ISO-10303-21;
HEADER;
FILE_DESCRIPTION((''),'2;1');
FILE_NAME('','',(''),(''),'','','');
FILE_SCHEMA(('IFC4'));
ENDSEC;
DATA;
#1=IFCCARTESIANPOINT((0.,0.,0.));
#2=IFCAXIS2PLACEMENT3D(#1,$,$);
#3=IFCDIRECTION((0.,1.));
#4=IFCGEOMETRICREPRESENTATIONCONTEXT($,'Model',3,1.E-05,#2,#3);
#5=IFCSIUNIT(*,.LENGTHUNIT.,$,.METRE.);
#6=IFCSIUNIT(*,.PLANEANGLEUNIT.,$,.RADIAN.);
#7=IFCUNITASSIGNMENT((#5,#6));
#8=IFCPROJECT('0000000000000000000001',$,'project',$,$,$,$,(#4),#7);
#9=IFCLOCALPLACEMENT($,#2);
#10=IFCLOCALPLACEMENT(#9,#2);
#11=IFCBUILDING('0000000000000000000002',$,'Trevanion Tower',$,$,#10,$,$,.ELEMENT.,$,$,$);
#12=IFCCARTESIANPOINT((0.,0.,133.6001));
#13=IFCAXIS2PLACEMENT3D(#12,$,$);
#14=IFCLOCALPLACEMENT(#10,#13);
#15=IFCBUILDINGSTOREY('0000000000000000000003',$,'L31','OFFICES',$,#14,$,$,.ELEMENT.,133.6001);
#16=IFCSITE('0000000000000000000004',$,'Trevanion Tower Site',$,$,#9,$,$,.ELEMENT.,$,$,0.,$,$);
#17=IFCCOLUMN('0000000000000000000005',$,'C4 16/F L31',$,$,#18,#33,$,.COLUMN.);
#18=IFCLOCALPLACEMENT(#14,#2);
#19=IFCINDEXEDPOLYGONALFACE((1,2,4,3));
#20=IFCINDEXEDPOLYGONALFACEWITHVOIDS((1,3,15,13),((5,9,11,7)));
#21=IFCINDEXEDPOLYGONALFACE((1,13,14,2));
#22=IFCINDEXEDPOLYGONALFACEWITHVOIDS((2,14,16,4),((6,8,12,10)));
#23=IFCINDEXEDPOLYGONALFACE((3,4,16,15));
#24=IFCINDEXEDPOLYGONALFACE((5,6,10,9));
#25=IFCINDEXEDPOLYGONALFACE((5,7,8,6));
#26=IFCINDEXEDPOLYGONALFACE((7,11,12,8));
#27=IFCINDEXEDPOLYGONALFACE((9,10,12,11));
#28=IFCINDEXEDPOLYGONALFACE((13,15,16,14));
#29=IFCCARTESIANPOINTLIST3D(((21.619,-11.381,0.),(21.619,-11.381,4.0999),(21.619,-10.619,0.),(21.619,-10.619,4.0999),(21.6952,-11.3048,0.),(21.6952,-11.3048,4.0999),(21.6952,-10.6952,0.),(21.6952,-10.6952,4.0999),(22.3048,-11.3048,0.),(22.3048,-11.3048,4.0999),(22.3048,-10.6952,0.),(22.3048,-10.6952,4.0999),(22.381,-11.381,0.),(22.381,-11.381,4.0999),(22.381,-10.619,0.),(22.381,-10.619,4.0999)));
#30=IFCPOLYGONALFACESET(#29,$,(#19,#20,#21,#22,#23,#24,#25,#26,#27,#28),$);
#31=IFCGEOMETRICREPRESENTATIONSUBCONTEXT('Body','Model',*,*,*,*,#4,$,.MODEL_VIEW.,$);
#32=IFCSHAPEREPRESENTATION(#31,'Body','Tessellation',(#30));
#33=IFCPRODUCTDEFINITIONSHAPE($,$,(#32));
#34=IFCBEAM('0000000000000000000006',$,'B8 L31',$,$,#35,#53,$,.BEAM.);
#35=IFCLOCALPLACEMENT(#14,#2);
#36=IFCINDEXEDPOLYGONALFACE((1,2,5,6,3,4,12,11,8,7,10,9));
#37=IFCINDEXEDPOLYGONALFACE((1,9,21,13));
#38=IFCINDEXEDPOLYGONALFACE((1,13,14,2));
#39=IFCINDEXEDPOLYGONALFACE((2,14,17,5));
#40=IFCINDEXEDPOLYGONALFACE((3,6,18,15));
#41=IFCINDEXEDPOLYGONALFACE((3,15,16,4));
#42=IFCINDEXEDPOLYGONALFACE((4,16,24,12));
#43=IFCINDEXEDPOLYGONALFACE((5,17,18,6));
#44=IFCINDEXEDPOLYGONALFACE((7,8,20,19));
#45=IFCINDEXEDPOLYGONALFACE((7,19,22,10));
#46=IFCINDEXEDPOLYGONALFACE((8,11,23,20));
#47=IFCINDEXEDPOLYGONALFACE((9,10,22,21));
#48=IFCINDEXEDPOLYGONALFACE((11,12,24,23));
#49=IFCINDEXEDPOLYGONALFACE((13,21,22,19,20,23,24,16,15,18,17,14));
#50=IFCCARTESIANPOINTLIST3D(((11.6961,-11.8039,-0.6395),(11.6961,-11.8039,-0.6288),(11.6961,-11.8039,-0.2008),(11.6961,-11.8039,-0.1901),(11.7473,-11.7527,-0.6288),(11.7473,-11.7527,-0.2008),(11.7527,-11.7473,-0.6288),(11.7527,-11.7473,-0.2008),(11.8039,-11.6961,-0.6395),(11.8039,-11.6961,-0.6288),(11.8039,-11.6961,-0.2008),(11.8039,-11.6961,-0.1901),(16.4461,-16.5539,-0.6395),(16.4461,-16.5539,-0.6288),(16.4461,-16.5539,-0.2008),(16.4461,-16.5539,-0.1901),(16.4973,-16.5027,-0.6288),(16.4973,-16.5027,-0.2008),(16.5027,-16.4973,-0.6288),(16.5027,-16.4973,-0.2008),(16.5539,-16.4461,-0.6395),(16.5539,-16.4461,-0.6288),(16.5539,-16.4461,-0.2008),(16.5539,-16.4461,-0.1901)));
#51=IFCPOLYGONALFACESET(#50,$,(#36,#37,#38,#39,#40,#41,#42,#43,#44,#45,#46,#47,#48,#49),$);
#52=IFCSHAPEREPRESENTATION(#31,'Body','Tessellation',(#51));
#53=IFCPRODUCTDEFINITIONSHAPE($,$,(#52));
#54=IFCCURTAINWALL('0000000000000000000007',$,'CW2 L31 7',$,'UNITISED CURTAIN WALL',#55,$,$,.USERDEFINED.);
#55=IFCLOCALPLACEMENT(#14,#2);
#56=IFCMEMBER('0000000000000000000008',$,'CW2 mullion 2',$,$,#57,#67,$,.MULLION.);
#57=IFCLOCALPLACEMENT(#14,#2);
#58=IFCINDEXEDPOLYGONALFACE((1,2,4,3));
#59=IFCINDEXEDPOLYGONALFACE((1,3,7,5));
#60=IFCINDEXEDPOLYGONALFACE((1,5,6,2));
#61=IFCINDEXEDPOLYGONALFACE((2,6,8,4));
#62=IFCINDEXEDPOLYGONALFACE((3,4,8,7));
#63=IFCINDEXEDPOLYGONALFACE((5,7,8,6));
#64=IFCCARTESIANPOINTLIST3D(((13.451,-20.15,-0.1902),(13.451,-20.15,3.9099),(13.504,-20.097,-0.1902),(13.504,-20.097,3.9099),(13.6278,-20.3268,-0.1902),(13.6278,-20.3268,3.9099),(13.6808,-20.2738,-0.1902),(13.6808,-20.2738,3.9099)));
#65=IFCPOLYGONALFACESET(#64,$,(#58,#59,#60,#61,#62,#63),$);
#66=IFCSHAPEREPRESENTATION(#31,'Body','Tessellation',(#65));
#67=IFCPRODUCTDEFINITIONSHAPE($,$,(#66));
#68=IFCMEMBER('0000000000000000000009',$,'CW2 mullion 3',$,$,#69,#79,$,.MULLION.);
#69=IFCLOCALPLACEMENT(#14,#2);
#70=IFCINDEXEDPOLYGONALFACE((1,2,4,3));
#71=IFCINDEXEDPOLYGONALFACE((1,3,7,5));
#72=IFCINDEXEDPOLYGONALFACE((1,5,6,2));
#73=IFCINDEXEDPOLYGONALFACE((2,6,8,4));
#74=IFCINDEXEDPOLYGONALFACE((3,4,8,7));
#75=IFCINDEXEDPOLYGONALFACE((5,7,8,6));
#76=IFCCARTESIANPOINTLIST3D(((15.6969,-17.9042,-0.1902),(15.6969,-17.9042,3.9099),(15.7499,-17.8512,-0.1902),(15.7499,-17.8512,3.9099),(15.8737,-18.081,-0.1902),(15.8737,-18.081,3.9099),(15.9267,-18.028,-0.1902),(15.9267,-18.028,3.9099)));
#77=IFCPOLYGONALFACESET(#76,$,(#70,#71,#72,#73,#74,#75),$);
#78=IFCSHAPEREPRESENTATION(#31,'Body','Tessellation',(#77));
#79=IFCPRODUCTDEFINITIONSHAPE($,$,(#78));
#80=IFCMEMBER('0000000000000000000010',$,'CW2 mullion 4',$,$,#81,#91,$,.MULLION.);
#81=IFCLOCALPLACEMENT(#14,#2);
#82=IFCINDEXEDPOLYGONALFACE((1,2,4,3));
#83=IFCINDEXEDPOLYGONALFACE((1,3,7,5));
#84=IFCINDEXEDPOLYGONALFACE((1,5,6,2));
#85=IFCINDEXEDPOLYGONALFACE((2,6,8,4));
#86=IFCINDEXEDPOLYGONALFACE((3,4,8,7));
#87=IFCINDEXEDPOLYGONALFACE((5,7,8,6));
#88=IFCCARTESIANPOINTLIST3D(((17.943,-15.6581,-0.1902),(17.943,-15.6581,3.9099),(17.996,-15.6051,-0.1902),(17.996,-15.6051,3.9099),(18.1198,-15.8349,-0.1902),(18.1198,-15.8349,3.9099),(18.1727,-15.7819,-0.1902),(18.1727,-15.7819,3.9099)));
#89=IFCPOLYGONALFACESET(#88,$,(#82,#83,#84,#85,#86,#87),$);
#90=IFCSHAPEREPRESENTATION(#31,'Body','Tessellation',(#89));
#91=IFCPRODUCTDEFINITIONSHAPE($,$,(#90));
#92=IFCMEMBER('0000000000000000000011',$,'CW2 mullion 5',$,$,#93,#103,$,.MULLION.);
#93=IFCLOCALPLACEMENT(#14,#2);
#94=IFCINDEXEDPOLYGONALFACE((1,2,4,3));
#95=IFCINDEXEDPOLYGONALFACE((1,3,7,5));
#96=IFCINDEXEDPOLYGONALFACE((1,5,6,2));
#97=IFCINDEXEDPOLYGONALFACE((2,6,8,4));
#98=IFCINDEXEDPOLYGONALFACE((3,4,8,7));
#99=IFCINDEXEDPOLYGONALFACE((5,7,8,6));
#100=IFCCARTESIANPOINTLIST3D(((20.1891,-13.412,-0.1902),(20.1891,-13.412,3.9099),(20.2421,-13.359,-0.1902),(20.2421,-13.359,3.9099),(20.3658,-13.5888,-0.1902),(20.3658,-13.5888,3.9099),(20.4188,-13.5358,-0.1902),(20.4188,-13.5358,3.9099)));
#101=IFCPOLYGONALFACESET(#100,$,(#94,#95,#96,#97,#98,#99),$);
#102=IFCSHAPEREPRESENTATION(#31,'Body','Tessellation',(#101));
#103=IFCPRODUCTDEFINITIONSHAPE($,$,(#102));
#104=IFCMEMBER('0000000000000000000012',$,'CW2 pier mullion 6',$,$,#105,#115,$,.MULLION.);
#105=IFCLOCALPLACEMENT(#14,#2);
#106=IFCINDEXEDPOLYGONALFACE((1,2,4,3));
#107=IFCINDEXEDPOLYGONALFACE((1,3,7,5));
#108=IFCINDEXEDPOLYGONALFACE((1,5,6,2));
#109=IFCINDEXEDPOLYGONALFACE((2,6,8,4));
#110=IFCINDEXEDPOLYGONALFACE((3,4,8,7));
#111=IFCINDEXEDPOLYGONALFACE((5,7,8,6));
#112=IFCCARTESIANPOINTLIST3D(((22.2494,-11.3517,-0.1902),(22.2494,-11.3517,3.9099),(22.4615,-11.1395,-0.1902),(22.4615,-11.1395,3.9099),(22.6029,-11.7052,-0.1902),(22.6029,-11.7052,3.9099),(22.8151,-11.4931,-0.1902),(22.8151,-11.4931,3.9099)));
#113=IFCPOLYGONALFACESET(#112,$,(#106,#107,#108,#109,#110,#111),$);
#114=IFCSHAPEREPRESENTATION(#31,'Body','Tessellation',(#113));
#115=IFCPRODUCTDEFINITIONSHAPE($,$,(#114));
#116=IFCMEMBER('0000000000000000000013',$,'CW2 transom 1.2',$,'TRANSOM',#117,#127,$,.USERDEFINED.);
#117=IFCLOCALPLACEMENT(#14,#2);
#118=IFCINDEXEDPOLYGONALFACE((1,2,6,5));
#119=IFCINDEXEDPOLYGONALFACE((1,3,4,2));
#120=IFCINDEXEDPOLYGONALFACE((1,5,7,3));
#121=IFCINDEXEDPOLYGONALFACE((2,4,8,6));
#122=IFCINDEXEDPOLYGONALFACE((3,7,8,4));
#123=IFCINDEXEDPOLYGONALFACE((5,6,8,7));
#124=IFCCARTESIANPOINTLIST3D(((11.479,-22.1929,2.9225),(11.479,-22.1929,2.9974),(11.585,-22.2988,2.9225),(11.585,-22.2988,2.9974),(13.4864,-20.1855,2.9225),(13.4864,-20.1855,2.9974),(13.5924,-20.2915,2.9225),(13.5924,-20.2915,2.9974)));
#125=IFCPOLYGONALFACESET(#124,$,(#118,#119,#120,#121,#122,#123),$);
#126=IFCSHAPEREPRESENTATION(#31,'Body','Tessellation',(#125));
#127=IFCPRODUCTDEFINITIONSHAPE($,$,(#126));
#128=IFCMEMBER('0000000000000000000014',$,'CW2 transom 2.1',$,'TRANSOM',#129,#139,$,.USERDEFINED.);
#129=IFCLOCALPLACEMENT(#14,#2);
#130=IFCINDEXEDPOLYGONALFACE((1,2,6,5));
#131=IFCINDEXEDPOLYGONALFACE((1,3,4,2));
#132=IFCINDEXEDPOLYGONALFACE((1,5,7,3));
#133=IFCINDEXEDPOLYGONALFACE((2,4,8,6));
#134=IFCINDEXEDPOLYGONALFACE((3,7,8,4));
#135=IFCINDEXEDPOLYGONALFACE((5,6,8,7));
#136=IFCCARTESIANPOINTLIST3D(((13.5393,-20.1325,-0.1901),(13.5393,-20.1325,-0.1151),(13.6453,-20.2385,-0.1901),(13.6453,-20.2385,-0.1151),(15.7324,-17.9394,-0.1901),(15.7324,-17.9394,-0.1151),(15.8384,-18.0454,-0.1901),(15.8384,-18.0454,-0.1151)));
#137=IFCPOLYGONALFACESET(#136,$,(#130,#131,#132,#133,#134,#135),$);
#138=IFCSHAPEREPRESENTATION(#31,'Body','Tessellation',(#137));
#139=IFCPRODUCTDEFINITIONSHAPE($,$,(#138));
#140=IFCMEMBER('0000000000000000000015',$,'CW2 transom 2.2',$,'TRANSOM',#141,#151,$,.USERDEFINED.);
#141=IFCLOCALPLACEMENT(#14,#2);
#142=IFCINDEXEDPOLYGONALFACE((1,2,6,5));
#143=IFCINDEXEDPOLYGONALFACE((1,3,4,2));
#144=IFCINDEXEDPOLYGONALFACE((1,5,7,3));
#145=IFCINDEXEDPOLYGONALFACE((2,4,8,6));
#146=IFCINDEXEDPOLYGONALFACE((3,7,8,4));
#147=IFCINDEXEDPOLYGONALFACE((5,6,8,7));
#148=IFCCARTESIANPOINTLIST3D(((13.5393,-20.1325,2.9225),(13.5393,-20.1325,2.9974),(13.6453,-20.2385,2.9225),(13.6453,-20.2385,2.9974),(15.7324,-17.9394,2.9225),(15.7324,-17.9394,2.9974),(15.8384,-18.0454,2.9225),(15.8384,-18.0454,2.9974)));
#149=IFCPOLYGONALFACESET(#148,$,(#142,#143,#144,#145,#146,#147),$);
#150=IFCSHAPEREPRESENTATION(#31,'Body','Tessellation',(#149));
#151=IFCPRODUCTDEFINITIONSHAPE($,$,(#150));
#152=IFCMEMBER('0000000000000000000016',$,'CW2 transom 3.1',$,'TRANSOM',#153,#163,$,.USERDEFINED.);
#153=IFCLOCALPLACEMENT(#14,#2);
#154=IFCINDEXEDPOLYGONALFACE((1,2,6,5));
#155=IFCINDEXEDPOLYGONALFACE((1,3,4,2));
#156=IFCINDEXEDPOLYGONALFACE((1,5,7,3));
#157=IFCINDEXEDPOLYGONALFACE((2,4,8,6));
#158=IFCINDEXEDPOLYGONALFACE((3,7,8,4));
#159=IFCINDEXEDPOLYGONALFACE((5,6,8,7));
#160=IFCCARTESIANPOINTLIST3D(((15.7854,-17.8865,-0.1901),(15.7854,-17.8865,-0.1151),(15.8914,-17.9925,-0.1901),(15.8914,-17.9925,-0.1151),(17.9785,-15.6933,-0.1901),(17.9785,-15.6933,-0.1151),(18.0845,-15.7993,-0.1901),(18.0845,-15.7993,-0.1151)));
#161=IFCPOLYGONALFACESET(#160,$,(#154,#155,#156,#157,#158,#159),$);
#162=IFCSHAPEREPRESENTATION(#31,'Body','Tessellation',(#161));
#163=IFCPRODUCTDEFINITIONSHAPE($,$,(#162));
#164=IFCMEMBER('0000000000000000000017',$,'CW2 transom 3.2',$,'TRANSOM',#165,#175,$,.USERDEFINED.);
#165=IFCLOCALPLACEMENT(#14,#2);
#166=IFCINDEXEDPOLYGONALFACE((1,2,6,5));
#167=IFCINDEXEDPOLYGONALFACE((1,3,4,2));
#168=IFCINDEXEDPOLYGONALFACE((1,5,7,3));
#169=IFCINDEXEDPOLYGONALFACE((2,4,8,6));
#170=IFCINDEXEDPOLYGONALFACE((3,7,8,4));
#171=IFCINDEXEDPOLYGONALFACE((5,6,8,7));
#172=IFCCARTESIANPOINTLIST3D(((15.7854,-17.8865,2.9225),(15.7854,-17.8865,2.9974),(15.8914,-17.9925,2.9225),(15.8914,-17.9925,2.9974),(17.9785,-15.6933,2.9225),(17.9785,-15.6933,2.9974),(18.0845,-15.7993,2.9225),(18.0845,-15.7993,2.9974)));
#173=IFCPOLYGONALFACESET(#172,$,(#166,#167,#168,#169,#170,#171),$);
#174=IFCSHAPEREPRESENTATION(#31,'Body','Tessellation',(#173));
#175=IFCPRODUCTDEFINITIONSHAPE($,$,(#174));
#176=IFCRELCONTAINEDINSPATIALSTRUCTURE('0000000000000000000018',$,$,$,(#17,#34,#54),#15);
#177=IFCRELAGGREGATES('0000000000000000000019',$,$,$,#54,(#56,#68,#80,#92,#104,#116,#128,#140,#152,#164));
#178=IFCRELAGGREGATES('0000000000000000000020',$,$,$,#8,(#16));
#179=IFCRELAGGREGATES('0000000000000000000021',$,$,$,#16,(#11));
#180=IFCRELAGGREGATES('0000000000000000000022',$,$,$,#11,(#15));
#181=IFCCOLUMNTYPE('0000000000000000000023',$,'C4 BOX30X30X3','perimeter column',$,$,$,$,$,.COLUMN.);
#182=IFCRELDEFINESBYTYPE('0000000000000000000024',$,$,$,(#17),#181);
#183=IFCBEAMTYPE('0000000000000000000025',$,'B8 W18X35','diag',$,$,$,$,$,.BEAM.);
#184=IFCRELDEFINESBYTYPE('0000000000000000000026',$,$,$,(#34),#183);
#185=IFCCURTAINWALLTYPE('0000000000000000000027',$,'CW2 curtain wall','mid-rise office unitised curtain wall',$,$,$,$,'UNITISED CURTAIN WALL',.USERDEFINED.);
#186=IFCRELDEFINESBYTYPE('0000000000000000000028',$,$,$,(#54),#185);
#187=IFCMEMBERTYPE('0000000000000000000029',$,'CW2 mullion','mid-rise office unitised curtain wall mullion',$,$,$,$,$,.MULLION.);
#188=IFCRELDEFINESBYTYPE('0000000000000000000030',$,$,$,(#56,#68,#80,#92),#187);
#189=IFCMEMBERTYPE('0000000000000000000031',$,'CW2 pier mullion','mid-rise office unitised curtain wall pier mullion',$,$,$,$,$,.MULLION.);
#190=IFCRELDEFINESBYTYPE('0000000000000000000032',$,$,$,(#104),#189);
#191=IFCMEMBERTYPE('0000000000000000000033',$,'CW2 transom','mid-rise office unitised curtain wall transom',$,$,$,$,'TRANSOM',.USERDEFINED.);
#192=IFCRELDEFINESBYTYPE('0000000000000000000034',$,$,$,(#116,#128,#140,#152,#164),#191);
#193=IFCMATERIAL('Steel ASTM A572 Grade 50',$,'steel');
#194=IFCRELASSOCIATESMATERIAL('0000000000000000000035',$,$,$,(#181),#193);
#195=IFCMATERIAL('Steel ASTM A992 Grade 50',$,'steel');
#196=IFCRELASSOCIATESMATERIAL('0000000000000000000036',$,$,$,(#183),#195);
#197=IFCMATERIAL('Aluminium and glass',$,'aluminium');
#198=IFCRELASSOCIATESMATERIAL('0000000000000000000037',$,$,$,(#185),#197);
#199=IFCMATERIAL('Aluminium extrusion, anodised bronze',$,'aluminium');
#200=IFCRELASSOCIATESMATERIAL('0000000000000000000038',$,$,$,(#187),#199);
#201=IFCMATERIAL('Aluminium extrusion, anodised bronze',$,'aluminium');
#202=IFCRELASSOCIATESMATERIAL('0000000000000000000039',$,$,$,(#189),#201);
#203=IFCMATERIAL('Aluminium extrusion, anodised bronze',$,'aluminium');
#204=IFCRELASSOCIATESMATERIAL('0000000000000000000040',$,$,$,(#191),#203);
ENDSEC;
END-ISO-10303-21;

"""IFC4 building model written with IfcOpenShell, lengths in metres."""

from ifc_helpers import new_model, si_unit, direction, frame, origin, origin_2d, place, context, subcontext, project, spatial, rectangle, hollow_rectangle, i_section, extrude, material, material_profile, profile_set, type_object, element, aggregate, save


model = new_model("IFC4")

# Units and contexts
model_context = context("Model", 3, precision=1e-05, world=origin(), true_north=direction((0.0, 1.0)))
body_context = subcontext(model_context, "Body", "Model", "MODEL_VIEW")
ifc_project = project(units=[si_unit("LENGTHUNIT", "METRE"), si_unit("PLANEANGLEUNIT", "RADIAN")], contexts=[model_context])

# Site, building, storey
site_placement = place(None, origin())
site = spatial("IfcSite", under=ifc_project, at=site_placement, Name="Trevanion Tower Site", CompositionType="ELEMENT", RefElevation=0.0)
building_placement = place(site_placement, origin())
building = spatial("IfcBuilding", under=site, at=building_placement, Name="Trevanion Tower", CompositionType="ELEMENT")
storey_placement = place(building_placement, frame((0.0, 0.0, 133.6001)))
storey = spatial("IfcBuildingStorey", under=building, at=storey_placement, Name="L31", Description="OFFICES", CompositionType="ELEMENT", Elevation=133.6001)

# Column
ifc_material_1 = material(Name="Steel ASTM A572 Grade 50", Category="steel")
ifc_material_profile_1 = material_profile(ifc_material_1, hollow_rectangle(XDim=0.762, YDim=0.762, WallThickness=0.0762, at=origin_2d()), Name="BOX30X30X3")
ifc_profile_set_1 = profile_set([ifc_material_profile_1], Name="Steel ASTM A572 Grade 50")
column_type = type_object("IfcColumnType", Name="C4 BOX30X30X3", Description="perimeter column", PredefinedType="COLUMN", material=ifc_profile_set_1)
column_placement = place(storey_placement, frame((22.0, -11.0, 0.0), z_axis=(0.0, 0.0, 1.0), x_axis=(0.0, 1.0, 0.0)))
element("IfcColumn", 1, at=column_placement, inside=storey, type_object=column_type, Name="C4 16/F L31", PredefinedType="COLUMN", context=body_context, shape_type="SweptSolid", body=[
    extrude(hollow_rectangle(XDim=0.762, YDim=0.762, WallThickness=0.0762, at=origin_2d()), origin(), (0.0, 0.0, 1.0), 4.0999),
])

# Beam
ifc_material_2 = material(Name="Steel ASTM A992 Grade 50", Category="steel")
ifc_material_profile_2 = material_profile(ifc_material_2, i_section(OverallWidth=0.1523, OverallDepth=0.4495, WebThickness=0.0076, FlangeThickness=0.0107, at=origin_2d()), Name="W18X35")
ifc_profile_set_2 = profile_set([ifc_material_profile_2], Name="Steel ASTM A992 Grade 50")
beam_type_1 = type_object("IfcBeamType", Name="B8 W18X35", Description="diag", PredefinedType="BEAM", material=ifc_profile_set_2)
beam_1_placement = place(storey_placement, frame((11.75, -11.75, -0.4148), z_axis=(0.707107, -0.707107, 0.0), x_axis=(0.707107, 0.707107, 0.0)))
element("IfcBeam", 2, at=beam_1_placement, inside=storey, type_object=beam_type_1, Name="B8 L31", PredefinedType="BEAM", context=body_context, shape_type="SweptSolid", body=[
    extrude(i_section(OverallWidth=0.1523, OverallDepth=0.4495, WebThickness=0.0076, FlangeThickness=0.0107, at=origin_2d()), origin(), (0.0, 0.0, 1.0), 6.7175),
])

# Curtain wall, members
ifc_material_3 = material(Name="Aluminium and glass", Category="aluminium")
curtain_wall_type = type_object("IfcCurtainWallType", Name="CW2 curtain wall", Description="mid-rise office unitised curtain wall", ElementType="UNITISED CURTAIN WALL", PredefinedType="USERDEFINED", material=ifc_material_3)
curtain_wall_placement = place(storey_placement, origin())
curtain_wall = element("IfcCurtainWall", 3, at=curtain_wall_placement, inside=storey, type_object=curtain_wall_type, Name="CW2 L31 7", ObjectType="UNITISED CURTAIN WALL", PredefinedType="USERDEFINED")
ifc_material_4 = material(Name="Aluminium extrusion, anodised bronze", Category="aluminium")
ifc_material_profile_3 = material_profile(ifc_material_4, rectangle(XDim=0.075, YDim=0.25, at=origin_2d()), Name="CW2 mullion")
ifc_profile_set_3 = profile_set([ifc_material_profile_3], Name="Aluminium extrusion, anodised bronze")
member_type_1 = type_object("IfcMemberType", Name="CW2 mullion", Description="mid-rise office unitised curtain wall mullion", PredefinedType="MULLION", material=ifc_profile_set_3)
member_1_placement = place(storey_placement, frame((13.5659, -20.2119, -0.1902), z_axis=(0.0, 0.0, 1.0), x_axis=(0.707107, 0.707107, 0.0)))
member_1 = element("IfcMember", 4, at=member_1_placement, type_object=member_type_1, Name="CW2 mullion 2", PredefinedType="MULLION", context=body_context, shape_type="SweptSolid", body=[
    extrude(rectangle(XDim=0.075, YDim=0.25, at=origin_2d()), origin(), (0.0, 0.0, 1.0), 4.1001),
])
member_2_placement = place(storey_placement, frame((15.8118, -17.9661, -0.1902), z_axis=(0.0, 0.0, 1.0), x_axis=(0.707107, 0.707107, 0.0)))
member_2 = element("IfcMember", 5, at=member_2_placement, type_object=member_type_1, Name="CW2 mullion 3", PredefinedType="MULLION", context=body_context, shape_type="SweptSolid", body=[
    extrude(rectangle(XDim=0.075, YDim=0.25, at=origin_2d()), origin(), (0.0, 0.0, 1.0), 4.1001),
])
member_3_placement = place(storey_placement, frame((18.0579, -15.72, -0.1902), z_axis=(0.0, 0.0, 1.0), x_axis=(0.707107, 0.707107, 0.0)))
member_3 = element("IfcMember", 6, at=member_3_placement, type_object=member_type_1, Name="CW2 mullion 4", PredefinedType="MULLION", context=body_context, shape_type="SweptSolid", body=[
    extrude(rectangle(XDim=0.075, YDim=0.25, at=origin_2d()), origin(), (0.0, 0.0, 1.0), 4.1001),
])
member_4_placement = place(storey_placement, frame((20.304, -13.4739, -0.1902), z_axis=(0.0, 0.0, 1.0), x_axis=(0.707107, 0.707107, 0.0)))
member_4 = element("IfcMember", 7, at=member_4_placement, type_object=member_type_1, Name="CW2 mullion 5", PredefinedType="MULLION", context=body_context, shape_type="SweptSolid", body=[
    extrude(rectangle(XDim=0.075, YDim=0.25, at=origin_2d()), origin(), (0.0, 0.0, 1.0), 4.1001),
])
ifc_material_5 = material(Name="Aluminium extrusion, anodised bronze", Category="aluminium")
ifc_material_profile_4 = material_profile(ifc_material_5, rectangle(XDim=0.3, YDim=0.5, at=origin_2d()), Name="CW2 pier mullion")
ifc_profile_set_4 = profile_set([ifc_material_profile_4], Name="Aluminium extrusion, anodised bronze")
member_type_2 = type_object("IfcMemberType", Name="CW2 pier mullion", Description="mid-rise office unitised curtain wall pier mullion", PredefinedType="MULLION", material=ifc_profile_set_4)
member_5_placement = place(storey_placement, frame((22.5322, -11.4224, -0.1902), z_axis=(0.0, 0.0, 1.0), x_axis=(0.707107, 0.707107, 0.0)))
member_5 = element("IfcMember", 8, at=member_5_placement, type_object=member_type_2, Name="CW2 pier mullion 6", PredefinedType="MULLION", context=body_context, shape_type="SweptSolid", body=[
    extrude(rectangle(XDim=0.3, YDim=0.5, at=origin_2d()), origin(), (0.0, 0.0, 1.0), 4.1001),
])
ifc_material_6 = material(Name="Aluminium extrusion, anodised bronze", Category="aluminium")
ifc_material_profile_5 = material_profile(ifc_material_6, rectangle(XDim=0.1499, YDim=0.075, at=origin_2d()), Name="CW2 transom")
ifc_profile_set_5 = profile_set([ifc_material_profile_5], Name="Aluminium extrusion, anodised bronze")
member_type_3 = type_object("IfcMemberType", Name="CW2 transom", Description="mid-rise office unitised curtain wall transom", ElementType="TRANSOM", PredefinedType="USERDEFINED", material=ifc_profile_set_5)
member_6_placement = place(storey_placement, frame((11.532, -22.2458, 2.96), z_axis=(0.707107, 0.707107, 0.0), x_axis=(-0.707107, 0.707107, 0.0)))
member_6 = element("IfcMember", 9, at=member_6_placement, type_object=member_type_3, Name="CW2 transom 1.2", ObjectType="TRANSOM", PredefinedType="USERDEFINED", context=body_context, shape_type="SweptSolid", body=[
    extrude(rectangle(XDim=0.1499, YDim=0.075, at=origin_2d()), origin(), (0.0, 0.0, 1.0), 2.8389),
])
member_7_placement = place(storey_placement, frame((13.5923, -20.1855, -0.1526), z_axis=(0.707107, 0.707107, 0.0), x_axis=(-0.707107, 0.707107, 0.0)))
member_7 = element("IfcMember", 10, at=member_7_placement, type_object=member_type_3, Name="CW2 transom 2.1", ObjectType="TRANSOM", PredefinedType="USERDEFINED", context=body_context, shape_type="SweptSolid", body=[
    extrude(rectangle(XDim=0.1499, YDim=0.075, at=origin_2d()), origin(), (0.0, 0.0, 1.0), 3.1016),
])
member_8_placement = place(storey_placement, frame((13.5923, -20.1855, 2.96), z_axis=(0.707107, 0.707107, 0.0), x_axis=(-0.707107, 0.707107, 0.0)))
member_8 = element("IfcMember", 11, at=member_8_placement, type_object=member_type_3, Name="CW2 transom 2.2", ObjectType="TRANSOM", PredefinedType="USERDEFINED", context=body_context, shape_type="SweptSolid", body=[
    extrude(rectangle(XDim=0.1499, YDim=0.075, at=origin_2d()), origin(), (0.0, 0.0, 1.0), 3.1016),
])
member_9_placement = place(storey_placement, frame((15.8384, -17.9395, -0.1526), z_axis=(0.707107, 0.707107, 0.0), x_axis=(-0.707107, 0.707107, 0.0)))
member_9 = element("IfcMember", 12, at=member_9_placement, type_object=member_type_3, Name="CW2 transom 3.1", ObjectType="TRANSOM", PredefinedType="USERDEFINED", context=body_context, shape_type="SweptSolid", body=[
    extrude(rectangle(XDim=0.1499, YDim=0.075, at=origin_2d()), origin(), (0.0, 0.0, 1.0), 3.1016),
])
member_10_placement = place(storey_placement, frame((15.8384, -17.9395, 2.96), z_axis=(0.707107, 0.707107, 0.0), x_axis=(-0.707107, 0.707107, 0.0)))
member_10 = element("IfcMember", 13, at=member_10_placement, type_object=member_type_3, Name="CW2 transom 3.2", ObjectType="TRANSOM", PredefinedType="USERDEFINED", context=body_context, shape_type="SweptSolid", body=[
    extrude(rectangle(XDim=0.1499, YDim=0.075, at=origin_2d()), origin(), (0.0, 0.0, 1.0), 3.1016),
])

aggregate(curtain_wall, [member_1, member_2, member_3, member_4, member_5, member_6, member_7, member_8, member_9, member_10])

save(model, "model.ifc")
